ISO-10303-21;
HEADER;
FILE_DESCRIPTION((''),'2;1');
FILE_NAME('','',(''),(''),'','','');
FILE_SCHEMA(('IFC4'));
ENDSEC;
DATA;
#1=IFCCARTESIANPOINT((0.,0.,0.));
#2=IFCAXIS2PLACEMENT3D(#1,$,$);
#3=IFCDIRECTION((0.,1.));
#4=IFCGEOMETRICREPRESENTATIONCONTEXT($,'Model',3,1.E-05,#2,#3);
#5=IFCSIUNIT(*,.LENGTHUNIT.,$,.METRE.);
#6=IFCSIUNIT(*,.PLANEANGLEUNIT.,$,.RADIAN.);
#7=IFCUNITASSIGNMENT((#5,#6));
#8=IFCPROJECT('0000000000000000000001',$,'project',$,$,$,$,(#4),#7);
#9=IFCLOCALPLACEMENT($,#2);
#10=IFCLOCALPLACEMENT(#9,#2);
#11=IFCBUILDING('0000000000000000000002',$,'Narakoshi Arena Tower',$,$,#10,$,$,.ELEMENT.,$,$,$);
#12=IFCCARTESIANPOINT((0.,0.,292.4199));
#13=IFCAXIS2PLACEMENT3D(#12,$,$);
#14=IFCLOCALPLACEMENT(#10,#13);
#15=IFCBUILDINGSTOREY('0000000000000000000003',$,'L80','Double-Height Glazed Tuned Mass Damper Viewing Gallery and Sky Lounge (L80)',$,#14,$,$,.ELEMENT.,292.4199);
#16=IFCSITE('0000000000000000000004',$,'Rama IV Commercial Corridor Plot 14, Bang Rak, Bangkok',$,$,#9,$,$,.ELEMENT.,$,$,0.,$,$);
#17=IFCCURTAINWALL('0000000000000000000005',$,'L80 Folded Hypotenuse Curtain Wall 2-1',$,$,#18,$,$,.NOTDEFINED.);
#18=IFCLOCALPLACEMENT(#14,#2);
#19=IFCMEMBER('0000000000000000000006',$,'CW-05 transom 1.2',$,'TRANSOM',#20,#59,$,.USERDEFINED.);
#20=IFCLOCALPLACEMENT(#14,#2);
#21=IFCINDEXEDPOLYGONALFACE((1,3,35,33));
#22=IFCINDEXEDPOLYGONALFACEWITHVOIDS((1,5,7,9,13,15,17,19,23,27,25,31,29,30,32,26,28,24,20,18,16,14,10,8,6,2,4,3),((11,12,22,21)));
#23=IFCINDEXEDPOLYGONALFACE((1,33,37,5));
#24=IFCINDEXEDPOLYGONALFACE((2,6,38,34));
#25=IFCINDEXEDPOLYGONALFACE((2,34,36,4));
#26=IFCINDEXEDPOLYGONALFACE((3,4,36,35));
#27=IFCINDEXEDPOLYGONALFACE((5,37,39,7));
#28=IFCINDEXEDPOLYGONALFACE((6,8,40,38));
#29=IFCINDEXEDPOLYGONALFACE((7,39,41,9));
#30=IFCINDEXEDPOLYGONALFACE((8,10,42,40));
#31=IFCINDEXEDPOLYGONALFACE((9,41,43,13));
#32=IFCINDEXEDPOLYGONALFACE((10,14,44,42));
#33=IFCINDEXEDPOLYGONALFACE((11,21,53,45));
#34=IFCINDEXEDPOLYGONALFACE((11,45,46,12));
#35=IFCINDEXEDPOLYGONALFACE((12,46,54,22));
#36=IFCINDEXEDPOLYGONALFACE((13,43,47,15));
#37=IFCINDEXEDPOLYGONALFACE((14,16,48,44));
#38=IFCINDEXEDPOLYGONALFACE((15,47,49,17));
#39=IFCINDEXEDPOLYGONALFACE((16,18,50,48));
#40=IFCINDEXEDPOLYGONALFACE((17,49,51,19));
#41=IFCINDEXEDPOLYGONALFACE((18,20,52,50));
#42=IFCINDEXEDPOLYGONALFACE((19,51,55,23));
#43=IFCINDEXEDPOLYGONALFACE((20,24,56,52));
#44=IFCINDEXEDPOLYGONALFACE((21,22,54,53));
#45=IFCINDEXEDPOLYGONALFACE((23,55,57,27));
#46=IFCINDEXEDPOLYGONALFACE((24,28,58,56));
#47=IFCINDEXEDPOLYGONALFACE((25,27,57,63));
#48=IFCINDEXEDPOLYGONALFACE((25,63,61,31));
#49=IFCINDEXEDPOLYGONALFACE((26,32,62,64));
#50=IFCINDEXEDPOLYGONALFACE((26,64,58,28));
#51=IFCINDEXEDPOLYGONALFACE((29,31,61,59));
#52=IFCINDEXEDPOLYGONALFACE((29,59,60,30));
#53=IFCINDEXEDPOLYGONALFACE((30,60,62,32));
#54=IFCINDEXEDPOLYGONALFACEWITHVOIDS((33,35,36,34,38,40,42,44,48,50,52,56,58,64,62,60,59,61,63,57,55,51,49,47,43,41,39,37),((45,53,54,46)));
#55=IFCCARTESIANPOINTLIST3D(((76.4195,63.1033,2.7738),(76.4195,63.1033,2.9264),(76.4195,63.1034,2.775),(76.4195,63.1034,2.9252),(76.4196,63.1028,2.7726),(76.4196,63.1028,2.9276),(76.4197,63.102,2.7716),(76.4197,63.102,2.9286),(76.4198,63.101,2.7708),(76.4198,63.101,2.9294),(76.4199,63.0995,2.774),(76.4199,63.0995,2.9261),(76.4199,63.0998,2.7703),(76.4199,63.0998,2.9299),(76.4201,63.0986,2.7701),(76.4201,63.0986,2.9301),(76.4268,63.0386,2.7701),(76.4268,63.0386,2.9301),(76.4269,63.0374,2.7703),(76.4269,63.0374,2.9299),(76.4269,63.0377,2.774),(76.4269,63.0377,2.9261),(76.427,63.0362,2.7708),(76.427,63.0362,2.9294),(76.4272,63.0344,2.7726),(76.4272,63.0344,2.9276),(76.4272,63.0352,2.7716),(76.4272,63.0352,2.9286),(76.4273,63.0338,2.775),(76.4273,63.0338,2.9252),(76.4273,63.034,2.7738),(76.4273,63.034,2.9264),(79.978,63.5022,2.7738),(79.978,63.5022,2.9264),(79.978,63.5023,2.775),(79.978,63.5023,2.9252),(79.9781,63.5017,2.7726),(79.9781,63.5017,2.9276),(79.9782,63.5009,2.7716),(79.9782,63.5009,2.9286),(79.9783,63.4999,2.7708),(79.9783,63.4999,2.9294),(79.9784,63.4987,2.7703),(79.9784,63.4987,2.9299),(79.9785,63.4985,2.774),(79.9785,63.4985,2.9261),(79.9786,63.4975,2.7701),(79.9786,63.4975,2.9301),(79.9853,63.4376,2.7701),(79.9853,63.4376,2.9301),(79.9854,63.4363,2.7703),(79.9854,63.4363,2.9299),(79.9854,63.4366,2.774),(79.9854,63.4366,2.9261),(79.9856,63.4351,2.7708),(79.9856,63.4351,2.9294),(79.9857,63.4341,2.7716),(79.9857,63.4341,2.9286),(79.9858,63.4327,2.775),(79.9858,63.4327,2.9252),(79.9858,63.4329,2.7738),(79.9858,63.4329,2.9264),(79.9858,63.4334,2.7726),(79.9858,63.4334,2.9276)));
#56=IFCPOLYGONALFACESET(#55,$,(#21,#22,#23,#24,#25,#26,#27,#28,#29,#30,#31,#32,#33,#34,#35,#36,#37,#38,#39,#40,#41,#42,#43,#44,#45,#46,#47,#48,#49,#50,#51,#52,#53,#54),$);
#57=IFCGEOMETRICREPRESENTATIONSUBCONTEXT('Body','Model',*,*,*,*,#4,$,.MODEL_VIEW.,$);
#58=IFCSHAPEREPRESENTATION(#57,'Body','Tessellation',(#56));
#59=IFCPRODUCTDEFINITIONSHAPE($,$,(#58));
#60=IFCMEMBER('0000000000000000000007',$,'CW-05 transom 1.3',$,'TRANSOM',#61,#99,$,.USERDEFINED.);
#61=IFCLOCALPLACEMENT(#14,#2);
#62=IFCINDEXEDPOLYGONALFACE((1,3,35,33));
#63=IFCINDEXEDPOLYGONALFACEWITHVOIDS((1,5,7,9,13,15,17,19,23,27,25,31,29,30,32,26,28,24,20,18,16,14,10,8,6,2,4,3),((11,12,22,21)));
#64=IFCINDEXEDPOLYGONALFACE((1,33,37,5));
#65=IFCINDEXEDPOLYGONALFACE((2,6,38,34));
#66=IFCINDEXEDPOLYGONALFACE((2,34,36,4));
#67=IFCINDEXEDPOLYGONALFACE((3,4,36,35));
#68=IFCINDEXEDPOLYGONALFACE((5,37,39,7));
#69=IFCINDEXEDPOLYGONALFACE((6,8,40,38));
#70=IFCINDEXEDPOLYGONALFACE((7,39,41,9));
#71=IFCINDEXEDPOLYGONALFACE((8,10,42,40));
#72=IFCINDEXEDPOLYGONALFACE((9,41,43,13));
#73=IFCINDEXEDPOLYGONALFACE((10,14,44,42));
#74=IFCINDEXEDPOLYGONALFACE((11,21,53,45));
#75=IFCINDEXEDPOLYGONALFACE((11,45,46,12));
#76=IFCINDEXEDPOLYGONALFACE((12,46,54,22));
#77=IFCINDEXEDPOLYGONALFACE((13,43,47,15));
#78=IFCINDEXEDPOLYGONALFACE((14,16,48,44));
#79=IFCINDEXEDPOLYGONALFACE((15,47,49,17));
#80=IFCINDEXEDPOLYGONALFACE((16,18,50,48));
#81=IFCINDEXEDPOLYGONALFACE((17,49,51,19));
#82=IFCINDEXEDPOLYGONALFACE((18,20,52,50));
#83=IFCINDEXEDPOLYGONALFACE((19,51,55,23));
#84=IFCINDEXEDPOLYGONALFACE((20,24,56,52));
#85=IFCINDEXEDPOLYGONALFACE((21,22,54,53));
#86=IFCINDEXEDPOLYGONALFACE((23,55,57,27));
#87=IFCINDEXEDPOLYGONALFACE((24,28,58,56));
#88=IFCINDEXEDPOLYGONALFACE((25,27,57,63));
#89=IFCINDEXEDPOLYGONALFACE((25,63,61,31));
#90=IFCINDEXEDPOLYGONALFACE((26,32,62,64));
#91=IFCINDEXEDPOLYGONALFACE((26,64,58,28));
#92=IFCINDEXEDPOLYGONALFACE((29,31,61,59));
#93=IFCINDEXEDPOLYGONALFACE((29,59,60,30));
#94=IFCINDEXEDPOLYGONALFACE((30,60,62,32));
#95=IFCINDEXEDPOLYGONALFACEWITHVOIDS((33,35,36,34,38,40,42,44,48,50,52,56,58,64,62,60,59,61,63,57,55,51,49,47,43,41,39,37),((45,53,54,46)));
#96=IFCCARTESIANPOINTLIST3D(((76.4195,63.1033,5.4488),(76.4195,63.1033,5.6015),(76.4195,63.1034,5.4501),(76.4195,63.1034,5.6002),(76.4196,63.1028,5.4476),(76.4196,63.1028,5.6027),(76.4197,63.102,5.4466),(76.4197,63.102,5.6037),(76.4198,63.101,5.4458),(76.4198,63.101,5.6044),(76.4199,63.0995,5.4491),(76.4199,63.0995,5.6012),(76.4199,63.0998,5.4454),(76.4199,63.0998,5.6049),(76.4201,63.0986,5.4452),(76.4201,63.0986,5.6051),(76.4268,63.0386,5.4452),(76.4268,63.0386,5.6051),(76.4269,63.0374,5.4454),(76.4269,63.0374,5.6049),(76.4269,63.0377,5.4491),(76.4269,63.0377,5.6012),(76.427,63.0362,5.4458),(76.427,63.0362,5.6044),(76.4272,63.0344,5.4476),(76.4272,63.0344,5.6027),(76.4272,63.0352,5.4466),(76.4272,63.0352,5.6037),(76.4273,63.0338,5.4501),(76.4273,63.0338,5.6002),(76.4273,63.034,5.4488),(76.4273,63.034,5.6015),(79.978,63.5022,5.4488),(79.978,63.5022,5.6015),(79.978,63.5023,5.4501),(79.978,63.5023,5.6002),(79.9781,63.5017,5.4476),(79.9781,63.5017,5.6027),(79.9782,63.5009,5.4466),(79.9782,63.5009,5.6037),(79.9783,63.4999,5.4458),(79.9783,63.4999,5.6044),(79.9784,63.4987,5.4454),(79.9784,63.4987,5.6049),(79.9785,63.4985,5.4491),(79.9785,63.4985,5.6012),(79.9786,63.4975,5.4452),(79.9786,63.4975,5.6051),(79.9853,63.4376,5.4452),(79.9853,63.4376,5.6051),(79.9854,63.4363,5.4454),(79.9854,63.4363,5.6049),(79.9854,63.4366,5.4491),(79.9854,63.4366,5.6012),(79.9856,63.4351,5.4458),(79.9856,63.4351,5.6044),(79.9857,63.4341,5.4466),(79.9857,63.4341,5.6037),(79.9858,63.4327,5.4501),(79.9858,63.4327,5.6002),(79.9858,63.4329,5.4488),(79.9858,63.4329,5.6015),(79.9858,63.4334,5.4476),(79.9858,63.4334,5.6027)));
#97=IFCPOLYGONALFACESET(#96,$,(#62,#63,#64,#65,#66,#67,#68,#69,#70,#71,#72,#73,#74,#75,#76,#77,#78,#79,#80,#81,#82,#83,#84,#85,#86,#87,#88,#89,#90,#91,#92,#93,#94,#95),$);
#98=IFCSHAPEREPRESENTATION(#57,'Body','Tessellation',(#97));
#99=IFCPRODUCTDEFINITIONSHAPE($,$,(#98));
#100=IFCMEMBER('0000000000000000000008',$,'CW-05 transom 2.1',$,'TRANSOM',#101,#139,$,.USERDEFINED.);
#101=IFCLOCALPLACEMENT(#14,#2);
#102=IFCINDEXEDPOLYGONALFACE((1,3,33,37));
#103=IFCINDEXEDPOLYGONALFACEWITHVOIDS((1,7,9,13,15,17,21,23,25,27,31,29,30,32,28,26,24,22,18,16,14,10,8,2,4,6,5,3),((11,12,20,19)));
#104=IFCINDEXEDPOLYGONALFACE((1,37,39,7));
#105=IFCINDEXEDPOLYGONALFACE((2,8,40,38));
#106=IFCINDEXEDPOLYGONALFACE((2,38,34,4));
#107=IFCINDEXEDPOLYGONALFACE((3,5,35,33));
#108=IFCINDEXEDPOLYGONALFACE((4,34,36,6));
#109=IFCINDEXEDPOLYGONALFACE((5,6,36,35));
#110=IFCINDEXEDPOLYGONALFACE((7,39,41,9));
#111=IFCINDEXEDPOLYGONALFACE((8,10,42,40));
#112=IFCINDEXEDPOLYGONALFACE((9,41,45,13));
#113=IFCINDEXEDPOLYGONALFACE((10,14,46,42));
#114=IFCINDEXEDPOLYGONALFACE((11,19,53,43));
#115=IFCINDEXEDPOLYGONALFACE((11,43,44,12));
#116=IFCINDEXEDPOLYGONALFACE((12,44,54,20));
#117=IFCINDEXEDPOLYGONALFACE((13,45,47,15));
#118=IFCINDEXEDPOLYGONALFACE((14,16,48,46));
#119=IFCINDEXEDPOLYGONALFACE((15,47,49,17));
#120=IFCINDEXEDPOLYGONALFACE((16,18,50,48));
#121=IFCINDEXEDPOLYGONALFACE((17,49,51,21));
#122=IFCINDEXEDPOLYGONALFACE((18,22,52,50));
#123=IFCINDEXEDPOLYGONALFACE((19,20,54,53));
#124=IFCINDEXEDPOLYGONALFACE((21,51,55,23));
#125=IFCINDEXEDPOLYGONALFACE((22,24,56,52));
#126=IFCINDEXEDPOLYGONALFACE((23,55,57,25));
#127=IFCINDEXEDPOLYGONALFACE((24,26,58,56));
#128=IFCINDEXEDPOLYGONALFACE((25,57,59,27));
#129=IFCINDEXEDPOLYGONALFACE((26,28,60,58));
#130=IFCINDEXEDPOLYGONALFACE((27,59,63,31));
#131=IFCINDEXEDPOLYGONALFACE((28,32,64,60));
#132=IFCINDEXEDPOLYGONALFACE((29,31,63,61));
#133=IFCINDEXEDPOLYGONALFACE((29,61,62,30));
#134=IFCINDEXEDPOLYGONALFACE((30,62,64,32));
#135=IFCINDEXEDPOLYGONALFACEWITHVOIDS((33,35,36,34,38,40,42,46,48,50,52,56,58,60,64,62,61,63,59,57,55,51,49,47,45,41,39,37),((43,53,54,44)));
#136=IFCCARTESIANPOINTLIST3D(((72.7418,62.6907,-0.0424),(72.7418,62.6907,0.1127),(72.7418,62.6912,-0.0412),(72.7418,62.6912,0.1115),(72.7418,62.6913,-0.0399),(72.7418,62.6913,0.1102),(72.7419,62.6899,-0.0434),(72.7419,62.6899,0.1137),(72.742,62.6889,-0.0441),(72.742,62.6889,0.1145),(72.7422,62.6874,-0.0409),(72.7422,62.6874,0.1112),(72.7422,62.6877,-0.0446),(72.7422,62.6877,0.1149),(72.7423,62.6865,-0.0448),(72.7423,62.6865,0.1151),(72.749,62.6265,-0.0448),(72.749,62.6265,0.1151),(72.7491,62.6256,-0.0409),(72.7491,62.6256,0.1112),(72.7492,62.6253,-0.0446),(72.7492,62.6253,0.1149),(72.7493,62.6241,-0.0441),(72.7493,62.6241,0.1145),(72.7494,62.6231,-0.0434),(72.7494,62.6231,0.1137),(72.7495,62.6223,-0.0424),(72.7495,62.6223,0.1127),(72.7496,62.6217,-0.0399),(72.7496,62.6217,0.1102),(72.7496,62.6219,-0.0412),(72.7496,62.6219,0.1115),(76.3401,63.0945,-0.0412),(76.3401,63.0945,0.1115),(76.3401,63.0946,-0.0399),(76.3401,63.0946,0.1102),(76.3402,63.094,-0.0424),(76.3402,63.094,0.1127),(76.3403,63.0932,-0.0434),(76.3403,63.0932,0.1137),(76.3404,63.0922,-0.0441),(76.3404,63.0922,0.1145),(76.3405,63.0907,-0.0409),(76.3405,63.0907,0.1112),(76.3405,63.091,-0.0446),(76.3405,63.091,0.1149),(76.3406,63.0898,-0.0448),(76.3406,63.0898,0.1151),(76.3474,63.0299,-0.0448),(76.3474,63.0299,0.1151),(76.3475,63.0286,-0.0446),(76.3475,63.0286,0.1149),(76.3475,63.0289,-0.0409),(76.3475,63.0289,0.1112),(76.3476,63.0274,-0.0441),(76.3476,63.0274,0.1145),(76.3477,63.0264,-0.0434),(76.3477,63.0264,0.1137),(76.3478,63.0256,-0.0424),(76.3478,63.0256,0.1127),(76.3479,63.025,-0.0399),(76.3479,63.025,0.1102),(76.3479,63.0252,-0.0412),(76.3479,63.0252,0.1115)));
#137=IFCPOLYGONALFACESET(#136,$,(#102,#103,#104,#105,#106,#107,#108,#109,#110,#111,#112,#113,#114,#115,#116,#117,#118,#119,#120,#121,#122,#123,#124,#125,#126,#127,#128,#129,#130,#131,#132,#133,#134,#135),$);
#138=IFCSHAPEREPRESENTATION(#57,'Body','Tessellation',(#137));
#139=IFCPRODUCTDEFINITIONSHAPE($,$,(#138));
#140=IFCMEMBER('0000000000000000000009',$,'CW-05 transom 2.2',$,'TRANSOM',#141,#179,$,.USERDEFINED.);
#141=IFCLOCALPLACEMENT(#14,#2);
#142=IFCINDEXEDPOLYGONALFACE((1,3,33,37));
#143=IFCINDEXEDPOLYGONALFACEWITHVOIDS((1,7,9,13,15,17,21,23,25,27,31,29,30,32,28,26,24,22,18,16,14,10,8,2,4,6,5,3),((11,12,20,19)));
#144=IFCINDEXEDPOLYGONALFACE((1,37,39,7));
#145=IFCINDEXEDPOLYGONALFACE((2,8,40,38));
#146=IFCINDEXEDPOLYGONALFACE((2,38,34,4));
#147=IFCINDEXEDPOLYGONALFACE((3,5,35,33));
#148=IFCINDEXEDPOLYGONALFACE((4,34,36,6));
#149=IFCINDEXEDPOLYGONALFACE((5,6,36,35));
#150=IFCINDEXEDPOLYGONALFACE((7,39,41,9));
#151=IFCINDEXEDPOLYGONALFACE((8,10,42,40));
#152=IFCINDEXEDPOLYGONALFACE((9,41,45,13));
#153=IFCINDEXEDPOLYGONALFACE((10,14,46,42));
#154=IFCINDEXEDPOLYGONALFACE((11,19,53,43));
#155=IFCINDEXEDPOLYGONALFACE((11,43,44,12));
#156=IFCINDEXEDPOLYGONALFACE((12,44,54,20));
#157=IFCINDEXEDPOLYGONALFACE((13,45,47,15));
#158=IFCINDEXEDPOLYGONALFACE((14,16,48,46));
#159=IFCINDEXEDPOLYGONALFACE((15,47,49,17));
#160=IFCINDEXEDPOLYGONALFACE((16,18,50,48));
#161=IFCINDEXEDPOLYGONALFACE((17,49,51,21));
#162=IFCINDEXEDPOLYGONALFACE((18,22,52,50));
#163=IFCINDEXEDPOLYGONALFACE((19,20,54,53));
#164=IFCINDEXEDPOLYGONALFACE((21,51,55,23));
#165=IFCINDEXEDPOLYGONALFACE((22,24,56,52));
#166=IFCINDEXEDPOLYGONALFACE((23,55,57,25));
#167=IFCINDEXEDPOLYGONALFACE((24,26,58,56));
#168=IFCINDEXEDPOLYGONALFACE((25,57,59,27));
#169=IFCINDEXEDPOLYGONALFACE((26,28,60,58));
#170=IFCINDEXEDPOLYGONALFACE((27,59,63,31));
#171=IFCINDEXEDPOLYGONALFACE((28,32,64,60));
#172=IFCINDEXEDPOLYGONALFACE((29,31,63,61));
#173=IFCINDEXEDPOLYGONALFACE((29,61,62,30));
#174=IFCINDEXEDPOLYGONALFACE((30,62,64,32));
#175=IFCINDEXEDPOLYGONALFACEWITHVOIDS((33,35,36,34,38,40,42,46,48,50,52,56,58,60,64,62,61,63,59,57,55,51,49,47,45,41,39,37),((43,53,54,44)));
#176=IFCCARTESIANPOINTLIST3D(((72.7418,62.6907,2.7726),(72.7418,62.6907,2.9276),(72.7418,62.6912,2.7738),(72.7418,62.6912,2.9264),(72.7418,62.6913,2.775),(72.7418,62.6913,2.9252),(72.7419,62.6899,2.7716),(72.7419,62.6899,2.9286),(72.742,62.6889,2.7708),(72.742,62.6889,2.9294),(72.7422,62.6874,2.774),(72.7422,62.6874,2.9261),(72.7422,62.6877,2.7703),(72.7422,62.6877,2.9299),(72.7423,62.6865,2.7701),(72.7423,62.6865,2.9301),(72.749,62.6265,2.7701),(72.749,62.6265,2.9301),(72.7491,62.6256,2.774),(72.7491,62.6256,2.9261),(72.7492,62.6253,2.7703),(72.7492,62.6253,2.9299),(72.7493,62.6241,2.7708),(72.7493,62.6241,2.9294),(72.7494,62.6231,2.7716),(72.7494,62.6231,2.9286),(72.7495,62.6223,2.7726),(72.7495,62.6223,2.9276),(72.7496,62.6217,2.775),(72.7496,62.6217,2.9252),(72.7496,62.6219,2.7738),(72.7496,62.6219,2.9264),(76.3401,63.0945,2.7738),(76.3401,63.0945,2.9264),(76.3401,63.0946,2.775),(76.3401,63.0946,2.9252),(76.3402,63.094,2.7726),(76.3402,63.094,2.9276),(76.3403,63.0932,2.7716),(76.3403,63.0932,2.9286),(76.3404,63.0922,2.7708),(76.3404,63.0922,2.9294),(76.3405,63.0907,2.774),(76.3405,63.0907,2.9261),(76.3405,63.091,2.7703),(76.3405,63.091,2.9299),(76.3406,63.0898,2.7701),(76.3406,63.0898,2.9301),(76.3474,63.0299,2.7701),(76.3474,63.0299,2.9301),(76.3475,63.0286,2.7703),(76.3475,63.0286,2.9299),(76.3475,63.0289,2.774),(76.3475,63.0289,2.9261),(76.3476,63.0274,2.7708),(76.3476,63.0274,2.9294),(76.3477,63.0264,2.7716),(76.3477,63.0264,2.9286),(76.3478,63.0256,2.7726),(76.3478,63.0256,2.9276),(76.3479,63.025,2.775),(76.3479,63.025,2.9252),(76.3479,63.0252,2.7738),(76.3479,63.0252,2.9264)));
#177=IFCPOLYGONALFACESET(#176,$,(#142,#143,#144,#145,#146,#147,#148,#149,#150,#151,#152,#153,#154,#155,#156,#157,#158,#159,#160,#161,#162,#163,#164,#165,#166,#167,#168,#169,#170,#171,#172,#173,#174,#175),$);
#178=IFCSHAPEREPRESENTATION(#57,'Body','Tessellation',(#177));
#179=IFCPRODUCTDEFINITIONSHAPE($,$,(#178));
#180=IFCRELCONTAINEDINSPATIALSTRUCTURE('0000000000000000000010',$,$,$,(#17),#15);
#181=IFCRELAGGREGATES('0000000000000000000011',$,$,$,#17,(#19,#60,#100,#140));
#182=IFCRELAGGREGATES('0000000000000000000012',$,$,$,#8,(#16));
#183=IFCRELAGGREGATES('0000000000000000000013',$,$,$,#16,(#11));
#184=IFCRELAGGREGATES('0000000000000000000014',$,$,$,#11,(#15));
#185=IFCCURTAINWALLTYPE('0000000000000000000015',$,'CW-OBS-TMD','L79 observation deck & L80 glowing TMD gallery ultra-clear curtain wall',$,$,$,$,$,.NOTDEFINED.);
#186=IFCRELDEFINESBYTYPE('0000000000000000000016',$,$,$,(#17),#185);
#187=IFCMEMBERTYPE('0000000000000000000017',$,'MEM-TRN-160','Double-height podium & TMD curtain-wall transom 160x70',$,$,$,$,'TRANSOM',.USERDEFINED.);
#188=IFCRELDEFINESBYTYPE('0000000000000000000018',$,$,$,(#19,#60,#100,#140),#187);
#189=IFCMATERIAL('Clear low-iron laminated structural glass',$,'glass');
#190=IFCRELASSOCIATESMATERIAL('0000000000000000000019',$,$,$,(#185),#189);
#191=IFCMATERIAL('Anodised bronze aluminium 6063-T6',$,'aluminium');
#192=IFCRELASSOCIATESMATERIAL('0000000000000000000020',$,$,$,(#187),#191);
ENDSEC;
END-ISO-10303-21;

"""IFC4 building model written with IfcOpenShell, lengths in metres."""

from ifc_helpers import new_model, si_unit, direction, frame, origin, origin_2d, place, context, subcontext, project, spatial, hollow_rectangle, extrude, material, material_profile, profile_set, type_object, element, aggregate, save


model = new_model("IFC4")

# Units and contexts
model_context = context("Model", 3, precision=1e-05, world=origin(), true_north=direction((0.0, 1.0)))
body_context = subcontext(model_context, "Body", "Model", "MODEL_VIEW")
ifc_project = project(units=[si_unit("LENGTHUNIT", "METRE"), si_unit("PLANEANGLEUNIT", "RADIAN")], contexts=[model_context])

# Site, building, storey
site_placement = place(None, origin())
site = spatial("IfcSite", under=ifc_project, at=site_placement, Name="Rama IV Commercial Corridor Plot 14, Bang Rak, Bangkok", CompositionType="ELEMENT", RefElevation=0.0)
building_placement = place(site_placement, origin())
building = spatial("IfcBuilding", under=site, at=building_placement, Name="Narakoshi Arena Tower", CompositionType="ELEMENT")
storey_placement = place(building_placement, frame((0.0, 0.0, 292.4199)))
storey = spatial("IfcBuildingStorey", under=building, at=storey_placement, Name="L80", Description="Double-Height Glazed Tuned Mass Damper Viewing Gallery and Sky Lounge (L80)", CompositionType="ELEMENT", Elevation=292.4199)

# Curtain wall, members
ifc_material_1 = material(Name="Clear low-iron laminated structural glass", Category="glass")
curtain_wall_type = type_object("IfcCurtainWallType", Name="CW-OBS-TMD", Description="L79 observation deck & L80 glowing TMD gallery ultra-clear curtain wall", PredefinedType="NOTDEFINED", material=ifc_material_1)
curtain_wall_placement = place(storey_placement, origin())
curtain_wall = element("IfcCurtainWall", 1, at=curtain_wall_placement, inside=storey, type_object=curtain_wall_type, Name="L80 Folded Hypotenuse Curtain Wall 2-1", PredefinedType="NOTDEFINED")
ifc_material_2 = material(Name="Anodised bronze aluminium 6063-T6", Category="aluminium")
ifc_material_profile_1 = material_profile(ifc_material_2, hollow_rectangle(XDim=0.0701, YDim=0.1599, WallThickness=0.0039, OuterFilletRadius=0.0049, at=origin_2d()), Name="TRN160x70x4")
ifc_profile_set_1 = profile_set([ifc_material_profile_1], Name="Anodised bronze aluminium 6063-T6")
member_type_1 = type_object("IfcMemberType", Name="MEM-TRN-160", Description="Double-height podium & TMD curtain-wall transom 160x70", ElementType="TRANSOM", PredefinedType="USERDEFINED", material=ifc_profile_set_1)
member_1_placement = place(storey_placement, frame((79.9819, 63.4675, 2.8501), z_axis=(-0.993775, -0.111404, 0.0), x_axis=(0.111404, -0.993775, 0.0)))
member_1 = element("IfcMember", 2, at=member_1_placement, type_object=member_type_1, Name="CW-05 transom 1.2", ObjectType="TRANSOM", PredefinedType="USERDEFINED", context=body_context, shape_type="SweptSolid", body=[
    extrude(hollow_rectangle(XDim=0.0701, YDim=0.1599, WallThickness=0.0039, OuterFilletRadius=0.0049, at=origin_2d()), origin(), (0.0, 0.0, 1.0), 3.5808),
])
member_2_placement = place(storey_placement, frame((79.9819, 63.4675, 5.5251), z_axis=(-0.993775, -0.111404, 0.0), x_axis=(0.111404, -0.993775, 0.0)))
member_2 = element("IfcMember", 3, at=member_2_placement, type_object=member_type_1, Name="CW-05 transom 1.3", ObjectType="TRANSOM", PredefinedType="USERDEFINED", context=body_context, shape_type="SweptSolid", body=[
    extrude(hollow_rectangle(XDim=0.0701, YDim=0.1599, WallThickness=0.0039, OuterFilletRadius=0.0049, at=origin_2d()), origin(), (0.0, 0.0, 1.0), 3.5808),
])
member_3_placement = place(storey_placement, frame((76.344, 63.0598, 0.0352), z_axis=(-0.993777, -0.111386, 0.0), x_axis=(0.111386, -0.993777, 0.0)))
member_3 = element("IfcMember", 4, at=member_3_placement, type_object=member_type_1, Name="CW-05 transom 2.1", ObjectType="TRANSOM", PredefinedType="USERDEFINED", context=body_context, shape_type="SweptSolid", body=[
    extrude(hollow_rectangle(XDim=0.0701, YDim=0.1599, WallThickness=0.0039, OuterFilletRadius=0.0049, at=origin_2d()), origin(), (0.0, 0.0, 1.0), 3.6208),
])
member_4_placement = place(storey_placement, frame((76.344, 63.0598, 2.8501), z_axis=(-0.993777, -0.111386, 0.0), x_axis=(0.111386, -0.993777, 0.0)))
member_4 = element("IfcMember", 5, at=member_4_placement, type_object=member_type_1, Name="CW-05 transom 2.2", ObjectType="TRANSOM", PredefinedType="USERDEFINED", context=body_context, shape_type="SweptSolid", body=[
    extrude(hollow_rectangle(XDim=0.0701, YDim=0.1599, WallThickness=0.0039, OuterFilletRadius=0.0049, at=origin_2d()), origin(), (0.0, 0.0, 1.0), 3.6208),
])
aggregate(curtain_wall, [member_1, member_2, member_3, member_4])

save(model, "model.ifc")
